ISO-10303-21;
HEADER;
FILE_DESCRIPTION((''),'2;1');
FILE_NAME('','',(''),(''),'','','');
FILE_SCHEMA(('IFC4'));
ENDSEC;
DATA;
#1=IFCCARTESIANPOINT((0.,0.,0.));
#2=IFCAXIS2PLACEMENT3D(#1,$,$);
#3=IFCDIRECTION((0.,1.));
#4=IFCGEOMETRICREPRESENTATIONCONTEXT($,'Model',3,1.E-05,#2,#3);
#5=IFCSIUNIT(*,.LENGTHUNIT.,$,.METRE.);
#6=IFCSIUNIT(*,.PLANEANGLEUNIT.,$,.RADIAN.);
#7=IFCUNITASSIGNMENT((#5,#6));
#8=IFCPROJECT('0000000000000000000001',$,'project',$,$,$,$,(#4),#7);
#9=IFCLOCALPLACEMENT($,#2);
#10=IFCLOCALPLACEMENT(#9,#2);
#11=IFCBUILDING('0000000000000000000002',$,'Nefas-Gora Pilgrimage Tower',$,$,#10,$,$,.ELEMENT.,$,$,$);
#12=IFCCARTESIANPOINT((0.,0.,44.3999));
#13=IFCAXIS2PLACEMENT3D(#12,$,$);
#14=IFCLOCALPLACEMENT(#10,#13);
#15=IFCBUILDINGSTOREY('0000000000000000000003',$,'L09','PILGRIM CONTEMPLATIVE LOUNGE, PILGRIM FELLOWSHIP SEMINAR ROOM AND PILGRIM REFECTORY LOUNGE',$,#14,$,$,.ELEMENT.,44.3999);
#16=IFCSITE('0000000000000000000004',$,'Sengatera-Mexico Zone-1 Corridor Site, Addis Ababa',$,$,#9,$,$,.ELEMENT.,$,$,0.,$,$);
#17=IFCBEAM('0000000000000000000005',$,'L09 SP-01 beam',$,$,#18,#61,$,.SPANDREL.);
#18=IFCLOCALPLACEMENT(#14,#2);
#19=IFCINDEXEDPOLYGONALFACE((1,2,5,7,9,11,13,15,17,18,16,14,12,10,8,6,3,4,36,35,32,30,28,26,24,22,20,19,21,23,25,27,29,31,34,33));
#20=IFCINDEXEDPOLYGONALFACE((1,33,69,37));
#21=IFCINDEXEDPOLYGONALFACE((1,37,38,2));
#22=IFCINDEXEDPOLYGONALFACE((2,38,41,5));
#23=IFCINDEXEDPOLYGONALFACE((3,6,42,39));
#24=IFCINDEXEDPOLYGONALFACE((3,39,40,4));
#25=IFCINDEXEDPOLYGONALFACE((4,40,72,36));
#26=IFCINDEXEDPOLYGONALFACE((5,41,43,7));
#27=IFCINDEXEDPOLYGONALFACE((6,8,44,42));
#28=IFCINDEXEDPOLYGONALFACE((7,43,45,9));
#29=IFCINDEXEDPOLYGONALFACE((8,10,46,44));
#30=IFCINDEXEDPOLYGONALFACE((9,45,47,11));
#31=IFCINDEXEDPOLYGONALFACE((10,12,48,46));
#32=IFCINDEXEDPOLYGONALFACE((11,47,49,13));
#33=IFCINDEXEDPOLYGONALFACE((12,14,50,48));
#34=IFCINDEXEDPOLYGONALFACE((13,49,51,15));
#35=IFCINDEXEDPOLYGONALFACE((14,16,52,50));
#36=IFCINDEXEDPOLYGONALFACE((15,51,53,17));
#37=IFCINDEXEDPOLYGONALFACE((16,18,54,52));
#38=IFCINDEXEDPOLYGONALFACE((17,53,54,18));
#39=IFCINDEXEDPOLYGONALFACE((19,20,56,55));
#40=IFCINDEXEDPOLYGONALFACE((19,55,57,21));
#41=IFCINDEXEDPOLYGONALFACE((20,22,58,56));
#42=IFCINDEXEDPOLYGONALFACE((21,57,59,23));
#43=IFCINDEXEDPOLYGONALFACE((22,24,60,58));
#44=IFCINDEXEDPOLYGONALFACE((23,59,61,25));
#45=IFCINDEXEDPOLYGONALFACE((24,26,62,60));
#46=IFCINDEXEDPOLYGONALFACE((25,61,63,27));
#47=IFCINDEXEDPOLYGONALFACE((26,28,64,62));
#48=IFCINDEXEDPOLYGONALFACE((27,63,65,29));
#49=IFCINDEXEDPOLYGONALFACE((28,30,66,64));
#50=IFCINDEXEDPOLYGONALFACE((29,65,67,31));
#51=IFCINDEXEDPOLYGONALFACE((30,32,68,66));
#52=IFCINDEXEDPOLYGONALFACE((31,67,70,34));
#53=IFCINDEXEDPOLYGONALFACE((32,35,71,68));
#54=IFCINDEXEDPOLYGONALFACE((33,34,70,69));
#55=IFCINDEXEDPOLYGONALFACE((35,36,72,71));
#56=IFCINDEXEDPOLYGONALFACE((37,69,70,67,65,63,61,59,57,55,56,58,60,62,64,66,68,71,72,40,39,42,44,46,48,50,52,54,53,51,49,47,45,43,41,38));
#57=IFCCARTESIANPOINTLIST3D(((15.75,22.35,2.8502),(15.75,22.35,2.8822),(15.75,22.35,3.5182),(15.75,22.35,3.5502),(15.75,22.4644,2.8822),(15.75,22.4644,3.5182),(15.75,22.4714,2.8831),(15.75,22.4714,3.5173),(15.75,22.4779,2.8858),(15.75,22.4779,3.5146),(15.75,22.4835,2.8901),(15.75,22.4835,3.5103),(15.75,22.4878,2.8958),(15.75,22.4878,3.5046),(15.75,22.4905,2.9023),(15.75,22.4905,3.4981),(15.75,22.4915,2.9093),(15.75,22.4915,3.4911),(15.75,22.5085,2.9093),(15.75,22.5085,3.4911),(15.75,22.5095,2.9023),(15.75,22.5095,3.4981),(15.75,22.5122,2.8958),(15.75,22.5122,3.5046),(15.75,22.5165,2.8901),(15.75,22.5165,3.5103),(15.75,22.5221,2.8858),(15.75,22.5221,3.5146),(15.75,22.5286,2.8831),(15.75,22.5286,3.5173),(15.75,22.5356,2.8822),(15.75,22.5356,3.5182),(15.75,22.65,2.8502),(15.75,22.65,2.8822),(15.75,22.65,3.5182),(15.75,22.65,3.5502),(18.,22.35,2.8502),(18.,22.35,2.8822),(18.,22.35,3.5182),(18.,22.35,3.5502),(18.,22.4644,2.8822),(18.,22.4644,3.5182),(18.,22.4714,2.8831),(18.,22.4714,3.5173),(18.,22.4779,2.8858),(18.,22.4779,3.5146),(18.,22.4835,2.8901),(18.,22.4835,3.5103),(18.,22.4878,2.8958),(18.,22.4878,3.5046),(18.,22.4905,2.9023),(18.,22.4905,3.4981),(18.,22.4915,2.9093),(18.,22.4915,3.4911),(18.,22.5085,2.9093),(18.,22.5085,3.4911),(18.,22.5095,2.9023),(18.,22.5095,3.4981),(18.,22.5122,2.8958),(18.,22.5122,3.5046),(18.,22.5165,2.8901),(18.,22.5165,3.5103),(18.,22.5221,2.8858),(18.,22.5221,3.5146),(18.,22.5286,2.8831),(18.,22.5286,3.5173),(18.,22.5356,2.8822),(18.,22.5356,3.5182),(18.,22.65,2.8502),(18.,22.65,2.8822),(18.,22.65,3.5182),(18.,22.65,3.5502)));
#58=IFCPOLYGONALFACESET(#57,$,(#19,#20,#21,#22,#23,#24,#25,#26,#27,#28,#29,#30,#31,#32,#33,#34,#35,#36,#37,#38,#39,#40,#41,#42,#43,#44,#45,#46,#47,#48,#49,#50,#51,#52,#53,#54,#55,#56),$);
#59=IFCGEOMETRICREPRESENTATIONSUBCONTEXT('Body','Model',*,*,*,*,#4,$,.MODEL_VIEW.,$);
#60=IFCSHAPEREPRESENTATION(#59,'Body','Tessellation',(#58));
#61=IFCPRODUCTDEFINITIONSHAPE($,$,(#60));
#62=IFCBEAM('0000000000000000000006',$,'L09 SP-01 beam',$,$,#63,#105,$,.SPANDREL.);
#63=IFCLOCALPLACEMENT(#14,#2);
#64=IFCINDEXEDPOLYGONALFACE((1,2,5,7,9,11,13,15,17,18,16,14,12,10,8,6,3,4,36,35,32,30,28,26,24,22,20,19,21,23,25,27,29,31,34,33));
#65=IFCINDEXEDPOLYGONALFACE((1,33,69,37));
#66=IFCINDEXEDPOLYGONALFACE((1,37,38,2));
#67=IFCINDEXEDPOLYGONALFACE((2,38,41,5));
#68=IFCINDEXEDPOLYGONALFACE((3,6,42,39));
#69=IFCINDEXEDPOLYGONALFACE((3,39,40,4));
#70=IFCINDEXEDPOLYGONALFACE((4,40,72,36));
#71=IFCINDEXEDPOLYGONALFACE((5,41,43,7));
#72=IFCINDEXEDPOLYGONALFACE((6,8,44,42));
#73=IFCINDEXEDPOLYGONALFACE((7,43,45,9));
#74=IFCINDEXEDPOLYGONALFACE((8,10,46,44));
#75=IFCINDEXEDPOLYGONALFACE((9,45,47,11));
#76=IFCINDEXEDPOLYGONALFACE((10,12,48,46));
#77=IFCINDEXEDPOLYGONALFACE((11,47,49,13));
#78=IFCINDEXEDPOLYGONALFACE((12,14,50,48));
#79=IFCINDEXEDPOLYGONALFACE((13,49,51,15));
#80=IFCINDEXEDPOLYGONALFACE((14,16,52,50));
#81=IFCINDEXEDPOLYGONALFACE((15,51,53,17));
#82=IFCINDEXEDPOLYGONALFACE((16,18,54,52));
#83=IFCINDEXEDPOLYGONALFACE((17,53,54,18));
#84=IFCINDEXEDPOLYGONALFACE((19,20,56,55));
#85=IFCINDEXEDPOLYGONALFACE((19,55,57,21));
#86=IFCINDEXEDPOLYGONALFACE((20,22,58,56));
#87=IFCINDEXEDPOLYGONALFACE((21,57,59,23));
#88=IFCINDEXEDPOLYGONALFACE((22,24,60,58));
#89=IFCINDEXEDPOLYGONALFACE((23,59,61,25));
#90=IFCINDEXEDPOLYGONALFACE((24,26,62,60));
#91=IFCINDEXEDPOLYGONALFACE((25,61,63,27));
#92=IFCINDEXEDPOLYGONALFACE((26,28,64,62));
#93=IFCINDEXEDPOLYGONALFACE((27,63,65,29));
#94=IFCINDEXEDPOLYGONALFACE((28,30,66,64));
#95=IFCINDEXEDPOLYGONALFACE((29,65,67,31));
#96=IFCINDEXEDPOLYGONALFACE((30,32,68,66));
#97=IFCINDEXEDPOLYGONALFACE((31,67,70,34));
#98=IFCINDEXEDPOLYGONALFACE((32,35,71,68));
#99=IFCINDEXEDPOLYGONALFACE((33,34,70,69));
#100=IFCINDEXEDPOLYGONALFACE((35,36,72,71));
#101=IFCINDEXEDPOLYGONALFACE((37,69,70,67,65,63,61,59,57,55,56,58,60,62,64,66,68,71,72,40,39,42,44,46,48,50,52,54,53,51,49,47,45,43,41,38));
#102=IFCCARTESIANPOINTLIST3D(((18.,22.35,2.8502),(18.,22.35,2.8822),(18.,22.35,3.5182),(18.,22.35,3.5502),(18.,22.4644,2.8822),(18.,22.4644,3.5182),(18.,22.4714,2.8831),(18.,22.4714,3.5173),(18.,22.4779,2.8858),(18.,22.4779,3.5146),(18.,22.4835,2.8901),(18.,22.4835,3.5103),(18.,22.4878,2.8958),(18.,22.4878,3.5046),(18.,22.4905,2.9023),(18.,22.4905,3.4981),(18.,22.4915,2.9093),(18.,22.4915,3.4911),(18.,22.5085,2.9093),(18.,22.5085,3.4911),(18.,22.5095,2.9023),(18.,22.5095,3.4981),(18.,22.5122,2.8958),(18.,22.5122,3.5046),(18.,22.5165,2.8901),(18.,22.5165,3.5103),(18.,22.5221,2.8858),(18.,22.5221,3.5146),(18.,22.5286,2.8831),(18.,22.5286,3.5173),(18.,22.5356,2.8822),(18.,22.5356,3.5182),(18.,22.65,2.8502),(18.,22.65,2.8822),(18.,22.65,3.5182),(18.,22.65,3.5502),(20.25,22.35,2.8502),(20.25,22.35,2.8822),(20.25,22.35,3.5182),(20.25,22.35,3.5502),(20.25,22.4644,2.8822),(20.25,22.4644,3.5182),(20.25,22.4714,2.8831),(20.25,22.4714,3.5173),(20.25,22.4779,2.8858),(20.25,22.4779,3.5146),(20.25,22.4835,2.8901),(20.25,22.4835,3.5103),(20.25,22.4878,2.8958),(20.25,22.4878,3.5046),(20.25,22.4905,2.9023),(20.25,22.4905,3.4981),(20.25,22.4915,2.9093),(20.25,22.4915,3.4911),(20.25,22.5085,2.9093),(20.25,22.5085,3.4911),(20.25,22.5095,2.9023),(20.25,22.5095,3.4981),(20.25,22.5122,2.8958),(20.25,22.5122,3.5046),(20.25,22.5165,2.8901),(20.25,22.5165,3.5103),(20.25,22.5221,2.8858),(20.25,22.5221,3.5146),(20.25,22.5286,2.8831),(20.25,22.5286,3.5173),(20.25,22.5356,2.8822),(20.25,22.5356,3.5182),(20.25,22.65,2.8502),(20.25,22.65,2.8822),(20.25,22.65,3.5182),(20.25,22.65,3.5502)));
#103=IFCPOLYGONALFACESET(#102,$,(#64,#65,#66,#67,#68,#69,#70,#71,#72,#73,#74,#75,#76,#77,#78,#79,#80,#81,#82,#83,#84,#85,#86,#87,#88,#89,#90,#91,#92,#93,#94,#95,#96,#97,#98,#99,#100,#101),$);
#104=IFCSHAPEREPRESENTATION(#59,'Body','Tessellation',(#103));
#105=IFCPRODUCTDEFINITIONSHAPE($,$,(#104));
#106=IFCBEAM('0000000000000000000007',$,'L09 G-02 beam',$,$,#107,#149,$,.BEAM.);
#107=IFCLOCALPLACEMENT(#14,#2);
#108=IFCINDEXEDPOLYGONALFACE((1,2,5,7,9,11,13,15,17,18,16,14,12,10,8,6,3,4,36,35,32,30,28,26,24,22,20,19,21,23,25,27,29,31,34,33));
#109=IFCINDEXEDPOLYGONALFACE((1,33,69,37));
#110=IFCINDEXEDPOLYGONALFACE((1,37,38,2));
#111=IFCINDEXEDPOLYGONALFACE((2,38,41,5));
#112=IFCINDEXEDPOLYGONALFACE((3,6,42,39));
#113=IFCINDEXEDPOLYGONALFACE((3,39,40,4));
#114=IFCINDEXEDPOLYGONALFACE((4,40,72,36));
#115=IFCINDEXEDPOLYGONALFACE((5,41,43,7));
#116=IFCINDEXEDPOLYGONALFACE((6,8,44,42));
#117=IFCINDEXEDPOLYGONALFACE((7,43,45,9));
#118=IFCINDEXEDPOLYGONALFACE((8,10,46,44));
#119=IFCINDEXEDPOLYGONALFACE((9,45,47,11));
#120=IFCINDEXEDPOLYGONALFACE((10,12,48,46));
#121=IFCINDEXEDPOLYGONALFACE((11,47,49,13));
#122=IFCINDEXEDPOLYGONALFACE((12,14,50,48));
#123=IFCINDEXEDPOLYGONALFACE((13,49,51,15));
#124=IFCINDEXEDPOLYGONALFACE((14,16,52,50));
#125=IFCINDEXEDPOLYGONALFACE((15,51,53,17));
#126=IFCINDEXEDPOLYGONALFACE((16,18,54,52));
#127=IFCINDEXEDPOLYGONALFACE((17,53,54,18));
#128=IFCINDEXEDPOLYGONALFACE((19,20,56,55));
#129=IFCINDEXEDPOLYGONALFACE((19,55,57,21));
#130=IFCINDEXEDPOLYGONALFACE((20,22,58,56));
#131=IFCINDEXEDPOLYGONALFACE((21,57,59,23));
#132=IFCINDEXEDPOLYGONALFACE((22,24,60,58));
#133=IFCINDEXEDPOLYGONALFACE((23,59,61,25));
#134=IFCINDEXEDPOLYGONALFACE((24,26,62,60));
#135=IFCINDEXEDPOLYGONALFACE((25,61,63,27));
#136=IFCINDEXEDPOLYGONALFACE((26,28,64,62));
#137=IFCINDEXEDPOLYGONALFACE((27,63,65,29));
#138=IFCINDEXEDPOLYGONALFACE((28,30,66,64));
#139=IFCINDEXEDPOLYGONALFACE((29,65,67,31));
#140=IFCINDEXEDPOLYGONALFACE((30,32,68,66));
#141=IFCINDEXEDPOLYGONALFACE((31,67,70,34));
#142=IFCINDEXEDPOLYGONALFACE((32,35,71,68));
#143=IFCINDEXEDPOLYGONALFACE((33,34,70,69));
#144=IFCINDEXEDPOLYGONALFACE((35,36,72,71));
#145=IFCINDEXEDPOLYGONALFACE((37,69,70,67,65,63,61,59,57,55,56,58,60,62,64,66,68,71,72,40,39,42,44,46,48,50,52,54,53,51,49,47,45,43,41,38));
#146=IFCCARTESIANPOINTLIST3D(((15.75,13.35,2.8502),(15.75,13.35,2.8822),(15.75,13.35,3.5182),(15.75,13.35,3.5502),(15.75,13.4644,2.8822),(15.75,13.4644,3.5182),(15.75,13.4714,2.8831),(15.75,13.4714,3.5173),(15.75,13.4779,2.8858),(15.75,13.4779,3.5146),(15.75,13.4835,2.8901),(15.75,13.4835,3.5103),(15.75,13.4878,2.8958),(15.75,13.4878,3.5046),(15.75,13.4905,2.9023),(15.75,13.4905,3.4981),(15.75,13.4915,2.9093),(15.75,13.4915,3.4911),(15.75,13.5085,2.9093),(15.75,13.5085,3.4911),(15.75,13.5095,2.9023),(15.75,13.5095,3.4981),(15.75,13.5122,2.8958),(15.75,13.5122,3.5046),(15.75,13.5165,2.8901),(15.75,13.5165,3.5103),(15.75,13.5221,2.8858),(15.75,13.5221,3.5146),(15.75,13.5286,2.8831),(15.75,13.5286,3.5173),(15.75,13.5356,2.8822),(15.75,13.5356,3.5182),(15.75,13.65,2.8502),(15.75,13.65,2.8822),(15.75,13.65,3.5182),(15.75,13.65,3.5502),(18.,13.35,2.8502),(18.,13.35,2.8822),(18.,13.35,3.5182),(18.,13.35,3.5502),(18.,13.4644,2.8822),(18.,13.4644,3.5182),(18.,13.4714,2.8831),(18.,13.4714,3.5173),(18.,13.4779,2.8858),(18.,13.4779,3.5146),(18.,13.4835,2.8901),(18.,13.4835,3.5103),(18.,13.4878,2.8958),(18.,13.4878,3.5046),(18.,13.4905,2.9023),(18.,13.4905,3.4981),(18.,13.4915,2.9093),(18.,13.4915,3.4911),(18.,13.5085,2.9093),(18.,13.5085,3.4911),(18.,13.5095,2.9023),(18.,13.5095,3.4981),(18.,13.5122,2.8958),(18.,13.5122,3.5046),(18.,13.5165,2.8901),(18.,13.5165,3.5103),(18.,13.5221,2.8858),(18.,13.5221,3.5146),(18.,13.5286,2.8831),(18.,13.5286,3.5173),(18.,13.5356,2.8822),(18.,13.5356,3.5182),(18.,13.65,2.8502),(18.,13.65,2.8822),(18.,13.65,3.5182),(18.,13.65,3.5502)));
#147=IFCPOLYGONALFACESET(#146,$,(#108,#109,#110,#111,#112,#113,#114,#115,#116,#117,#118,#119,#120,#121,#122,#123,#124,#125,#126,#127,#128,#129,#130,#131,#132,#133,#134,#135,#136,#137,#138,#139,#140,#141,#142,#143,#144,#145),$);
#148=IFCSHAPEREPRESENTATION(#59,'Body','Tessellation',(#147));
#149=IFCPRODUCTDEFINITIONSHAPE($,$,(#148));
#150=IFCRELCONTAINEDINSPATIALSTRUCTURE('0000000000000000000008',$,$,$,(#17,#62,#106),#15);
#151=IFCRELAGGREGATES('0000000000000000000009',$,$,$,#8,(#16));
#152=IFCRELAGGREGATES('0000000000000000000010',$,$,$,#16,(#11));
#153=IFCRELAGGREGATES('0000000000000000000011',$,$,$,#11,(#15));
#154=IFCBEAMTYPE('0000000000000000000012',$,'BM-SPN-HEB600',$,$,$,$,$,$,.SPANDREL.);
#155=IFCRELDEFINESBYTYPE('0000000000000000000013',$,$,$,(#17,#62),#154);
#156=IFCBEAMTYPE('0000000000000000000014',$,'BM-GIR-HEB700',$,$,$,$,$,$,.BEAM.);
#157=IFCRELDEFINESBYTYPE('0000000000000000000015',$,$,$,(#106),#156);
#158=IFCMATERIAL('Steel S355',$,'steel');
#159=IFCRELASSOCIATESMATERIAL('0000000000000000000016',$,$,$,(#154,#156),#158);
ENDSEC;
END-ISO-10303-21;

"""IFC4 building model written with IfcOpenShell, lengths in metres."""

from ifc_helpers import new_model, si_unit, direction, frame, origin, origin_2d, place, context, subcontext, project, spatial, i_section, extrude, source, transform, mapped, material, material_profile, profile_set, type_object, element, save


model = new_model("IFC4")

# Units and contexts
model_context = context("Model", 3, precision=1e-05, world=origin(), true_north=direction((0.0, 1.0)))
body_context = subcontext(model_context, "Body", "Model", "MODEL_VIEW")
ifc_project = project(units=[si_unit("LENGTHUNIT", "METRE"), si_unit("PLANEANGLEUNIT", "RADIAN")], contexts=[model_context])

# Site, building, storey
site_placement = place(None, origin())
site = spatial("IfcSite", under=ifc_project, at=site_placement, Name="Sengatera-Mexico Zone-1 Corridor Site, Addis Ababa", CompositionType="ELEMENT", RefElevation=0.0)
building_placement = place(site_placement, origin())
building = spatial("IfcBuilding", under=site, at=building_placement, Name="Nefas-Gora Pilgrimage Tower", CompositionType="ELEMENT")
storey_placement = place(building_placement, frame((0.0, 0.0, 44.3999)))
storey = spatial("IfcBuildingStorey", under=building, at=storey_placement, Name="L09", Description="PILGRIM CONTEMPLATIVE LOUNGE, PILGRIM FELLOWSHIP SEMINAR ROOM AND PILGRIM REFECTORY LOUNGE", CompositionType="ELEMENT", Elevation=44.3999)

# Beams
ifc_material_1 = material(Name="Steel S355", Category="steel")
ifc_material_profile_1 = material_profile(ifc_material_1, i_section(OverallWidth=0.3, OverallDepth=0.7, WebThickness=0.0171, FlangeThickness=0.032, FilletRadius=0.0271, at=origin_2d()), Name="HEB 700")
ifc_profile_set_1 = profile_set([ifc_material_profile_1], Name="Steel S355")
beam_type_1 = type_object("IfcBeamType", Name="BM-SPN-HEB600", PredefinedType="SPANDREL", material=ifc_profile_set_1)
ifc_material_profile_2 = material_profile(ifc_material_1, i_section(OverallWidth=0.3, OverallDepth=0.7, WebThickness=0.0171, FlangeThickness=0.032, FilletRadius=0.0271, at=origin_2d()), Name="HEB 700")
ifc_profile_set_2 = profile_set([ifc_material_profile_2], Name="Steel S355")
beam_type_2 = type_object("IfcBeamType", Name="BM-GIR-HEB700", PredefinedType="BEAM", material=ifc_profile_set_2)
shared_shape_1 = source(origin(), body_context, "Body", "SweptSolid", [
    extrude(i_section(OverallWidth=0.3, OverallDepth=0.7, WebThickness=0.0171, FlangeThickness=0.032, FilletRadius=0.0271, at=origin_2d()), origin(), (0.0, 0.0, 1.0), 2.25),
])
for number, where, z_axis, x_axis, name in (
    (1, (15.75, 22.5, 3.2002), (1.0, 0.0, 0.0), (0.0, 1.0, 0.0), "L09 SP-01 beam"),
    (2, (18.0, 22.5, 3.2002), (1.0, 0.0, 0.0), (0.0, 1.0, 0.0), "L09 SP-01 beam"),
):
    element("IfcBeam", number, at=place(storey_placement, frame(where, z_axis=z_axis, x_axis=x_axis)), inside=storey, type_object=beam_type_1, Name=name, PredefinedType="SPANDREL", context=body_context, shape_type="MappedRepresentation", body=[
        mapped(shared_shape_1, transform((0.0, 0.0, 0.0), x_axis=(1.0, 0.0, 0.0), y_axis=(0.0, 1.0, 0.0), z_axis=(0.0, 0.0, 1.0), scale=1.0)),
    ])
shared_shape_2 = source(origin(), body_context, "Body", "SweptSolid", [
    extrude(i_section(OverallWidth=0.3, OverallDepth=0.7, WebThickness=0.0171, FlangeThickness=0.032, FilletRadius=0.0271, at=origin_2d()), origin(), (0.0, 0.0, 1.0), 2.25),
])
beam_1_placement = place(storey_placement, frame((15.75, 13.5, 3.2002), z_axis=(1.0, 0.0, 0.0), x_axis=(0.0, 1.0, 0.0)))
element("IfcBeam", 3, at=beam_1_placement, inside=storey, type_object=beam_type_2, Name="L09 G-02 beam", PredefinedType="BEAM", context=body_context, shape_type="MappedRepresentation", body=[
    mapped(shared_shape_2, transform((0.0, 0.0, 0.0), x_axis=(1.0, 0.0, 0.0), y_axis=(0.0, 1.0, 0.0), z_axis=(0.0, 0.0, 1.0), scale=1.0)),
])

save(model, "model.ifc")
